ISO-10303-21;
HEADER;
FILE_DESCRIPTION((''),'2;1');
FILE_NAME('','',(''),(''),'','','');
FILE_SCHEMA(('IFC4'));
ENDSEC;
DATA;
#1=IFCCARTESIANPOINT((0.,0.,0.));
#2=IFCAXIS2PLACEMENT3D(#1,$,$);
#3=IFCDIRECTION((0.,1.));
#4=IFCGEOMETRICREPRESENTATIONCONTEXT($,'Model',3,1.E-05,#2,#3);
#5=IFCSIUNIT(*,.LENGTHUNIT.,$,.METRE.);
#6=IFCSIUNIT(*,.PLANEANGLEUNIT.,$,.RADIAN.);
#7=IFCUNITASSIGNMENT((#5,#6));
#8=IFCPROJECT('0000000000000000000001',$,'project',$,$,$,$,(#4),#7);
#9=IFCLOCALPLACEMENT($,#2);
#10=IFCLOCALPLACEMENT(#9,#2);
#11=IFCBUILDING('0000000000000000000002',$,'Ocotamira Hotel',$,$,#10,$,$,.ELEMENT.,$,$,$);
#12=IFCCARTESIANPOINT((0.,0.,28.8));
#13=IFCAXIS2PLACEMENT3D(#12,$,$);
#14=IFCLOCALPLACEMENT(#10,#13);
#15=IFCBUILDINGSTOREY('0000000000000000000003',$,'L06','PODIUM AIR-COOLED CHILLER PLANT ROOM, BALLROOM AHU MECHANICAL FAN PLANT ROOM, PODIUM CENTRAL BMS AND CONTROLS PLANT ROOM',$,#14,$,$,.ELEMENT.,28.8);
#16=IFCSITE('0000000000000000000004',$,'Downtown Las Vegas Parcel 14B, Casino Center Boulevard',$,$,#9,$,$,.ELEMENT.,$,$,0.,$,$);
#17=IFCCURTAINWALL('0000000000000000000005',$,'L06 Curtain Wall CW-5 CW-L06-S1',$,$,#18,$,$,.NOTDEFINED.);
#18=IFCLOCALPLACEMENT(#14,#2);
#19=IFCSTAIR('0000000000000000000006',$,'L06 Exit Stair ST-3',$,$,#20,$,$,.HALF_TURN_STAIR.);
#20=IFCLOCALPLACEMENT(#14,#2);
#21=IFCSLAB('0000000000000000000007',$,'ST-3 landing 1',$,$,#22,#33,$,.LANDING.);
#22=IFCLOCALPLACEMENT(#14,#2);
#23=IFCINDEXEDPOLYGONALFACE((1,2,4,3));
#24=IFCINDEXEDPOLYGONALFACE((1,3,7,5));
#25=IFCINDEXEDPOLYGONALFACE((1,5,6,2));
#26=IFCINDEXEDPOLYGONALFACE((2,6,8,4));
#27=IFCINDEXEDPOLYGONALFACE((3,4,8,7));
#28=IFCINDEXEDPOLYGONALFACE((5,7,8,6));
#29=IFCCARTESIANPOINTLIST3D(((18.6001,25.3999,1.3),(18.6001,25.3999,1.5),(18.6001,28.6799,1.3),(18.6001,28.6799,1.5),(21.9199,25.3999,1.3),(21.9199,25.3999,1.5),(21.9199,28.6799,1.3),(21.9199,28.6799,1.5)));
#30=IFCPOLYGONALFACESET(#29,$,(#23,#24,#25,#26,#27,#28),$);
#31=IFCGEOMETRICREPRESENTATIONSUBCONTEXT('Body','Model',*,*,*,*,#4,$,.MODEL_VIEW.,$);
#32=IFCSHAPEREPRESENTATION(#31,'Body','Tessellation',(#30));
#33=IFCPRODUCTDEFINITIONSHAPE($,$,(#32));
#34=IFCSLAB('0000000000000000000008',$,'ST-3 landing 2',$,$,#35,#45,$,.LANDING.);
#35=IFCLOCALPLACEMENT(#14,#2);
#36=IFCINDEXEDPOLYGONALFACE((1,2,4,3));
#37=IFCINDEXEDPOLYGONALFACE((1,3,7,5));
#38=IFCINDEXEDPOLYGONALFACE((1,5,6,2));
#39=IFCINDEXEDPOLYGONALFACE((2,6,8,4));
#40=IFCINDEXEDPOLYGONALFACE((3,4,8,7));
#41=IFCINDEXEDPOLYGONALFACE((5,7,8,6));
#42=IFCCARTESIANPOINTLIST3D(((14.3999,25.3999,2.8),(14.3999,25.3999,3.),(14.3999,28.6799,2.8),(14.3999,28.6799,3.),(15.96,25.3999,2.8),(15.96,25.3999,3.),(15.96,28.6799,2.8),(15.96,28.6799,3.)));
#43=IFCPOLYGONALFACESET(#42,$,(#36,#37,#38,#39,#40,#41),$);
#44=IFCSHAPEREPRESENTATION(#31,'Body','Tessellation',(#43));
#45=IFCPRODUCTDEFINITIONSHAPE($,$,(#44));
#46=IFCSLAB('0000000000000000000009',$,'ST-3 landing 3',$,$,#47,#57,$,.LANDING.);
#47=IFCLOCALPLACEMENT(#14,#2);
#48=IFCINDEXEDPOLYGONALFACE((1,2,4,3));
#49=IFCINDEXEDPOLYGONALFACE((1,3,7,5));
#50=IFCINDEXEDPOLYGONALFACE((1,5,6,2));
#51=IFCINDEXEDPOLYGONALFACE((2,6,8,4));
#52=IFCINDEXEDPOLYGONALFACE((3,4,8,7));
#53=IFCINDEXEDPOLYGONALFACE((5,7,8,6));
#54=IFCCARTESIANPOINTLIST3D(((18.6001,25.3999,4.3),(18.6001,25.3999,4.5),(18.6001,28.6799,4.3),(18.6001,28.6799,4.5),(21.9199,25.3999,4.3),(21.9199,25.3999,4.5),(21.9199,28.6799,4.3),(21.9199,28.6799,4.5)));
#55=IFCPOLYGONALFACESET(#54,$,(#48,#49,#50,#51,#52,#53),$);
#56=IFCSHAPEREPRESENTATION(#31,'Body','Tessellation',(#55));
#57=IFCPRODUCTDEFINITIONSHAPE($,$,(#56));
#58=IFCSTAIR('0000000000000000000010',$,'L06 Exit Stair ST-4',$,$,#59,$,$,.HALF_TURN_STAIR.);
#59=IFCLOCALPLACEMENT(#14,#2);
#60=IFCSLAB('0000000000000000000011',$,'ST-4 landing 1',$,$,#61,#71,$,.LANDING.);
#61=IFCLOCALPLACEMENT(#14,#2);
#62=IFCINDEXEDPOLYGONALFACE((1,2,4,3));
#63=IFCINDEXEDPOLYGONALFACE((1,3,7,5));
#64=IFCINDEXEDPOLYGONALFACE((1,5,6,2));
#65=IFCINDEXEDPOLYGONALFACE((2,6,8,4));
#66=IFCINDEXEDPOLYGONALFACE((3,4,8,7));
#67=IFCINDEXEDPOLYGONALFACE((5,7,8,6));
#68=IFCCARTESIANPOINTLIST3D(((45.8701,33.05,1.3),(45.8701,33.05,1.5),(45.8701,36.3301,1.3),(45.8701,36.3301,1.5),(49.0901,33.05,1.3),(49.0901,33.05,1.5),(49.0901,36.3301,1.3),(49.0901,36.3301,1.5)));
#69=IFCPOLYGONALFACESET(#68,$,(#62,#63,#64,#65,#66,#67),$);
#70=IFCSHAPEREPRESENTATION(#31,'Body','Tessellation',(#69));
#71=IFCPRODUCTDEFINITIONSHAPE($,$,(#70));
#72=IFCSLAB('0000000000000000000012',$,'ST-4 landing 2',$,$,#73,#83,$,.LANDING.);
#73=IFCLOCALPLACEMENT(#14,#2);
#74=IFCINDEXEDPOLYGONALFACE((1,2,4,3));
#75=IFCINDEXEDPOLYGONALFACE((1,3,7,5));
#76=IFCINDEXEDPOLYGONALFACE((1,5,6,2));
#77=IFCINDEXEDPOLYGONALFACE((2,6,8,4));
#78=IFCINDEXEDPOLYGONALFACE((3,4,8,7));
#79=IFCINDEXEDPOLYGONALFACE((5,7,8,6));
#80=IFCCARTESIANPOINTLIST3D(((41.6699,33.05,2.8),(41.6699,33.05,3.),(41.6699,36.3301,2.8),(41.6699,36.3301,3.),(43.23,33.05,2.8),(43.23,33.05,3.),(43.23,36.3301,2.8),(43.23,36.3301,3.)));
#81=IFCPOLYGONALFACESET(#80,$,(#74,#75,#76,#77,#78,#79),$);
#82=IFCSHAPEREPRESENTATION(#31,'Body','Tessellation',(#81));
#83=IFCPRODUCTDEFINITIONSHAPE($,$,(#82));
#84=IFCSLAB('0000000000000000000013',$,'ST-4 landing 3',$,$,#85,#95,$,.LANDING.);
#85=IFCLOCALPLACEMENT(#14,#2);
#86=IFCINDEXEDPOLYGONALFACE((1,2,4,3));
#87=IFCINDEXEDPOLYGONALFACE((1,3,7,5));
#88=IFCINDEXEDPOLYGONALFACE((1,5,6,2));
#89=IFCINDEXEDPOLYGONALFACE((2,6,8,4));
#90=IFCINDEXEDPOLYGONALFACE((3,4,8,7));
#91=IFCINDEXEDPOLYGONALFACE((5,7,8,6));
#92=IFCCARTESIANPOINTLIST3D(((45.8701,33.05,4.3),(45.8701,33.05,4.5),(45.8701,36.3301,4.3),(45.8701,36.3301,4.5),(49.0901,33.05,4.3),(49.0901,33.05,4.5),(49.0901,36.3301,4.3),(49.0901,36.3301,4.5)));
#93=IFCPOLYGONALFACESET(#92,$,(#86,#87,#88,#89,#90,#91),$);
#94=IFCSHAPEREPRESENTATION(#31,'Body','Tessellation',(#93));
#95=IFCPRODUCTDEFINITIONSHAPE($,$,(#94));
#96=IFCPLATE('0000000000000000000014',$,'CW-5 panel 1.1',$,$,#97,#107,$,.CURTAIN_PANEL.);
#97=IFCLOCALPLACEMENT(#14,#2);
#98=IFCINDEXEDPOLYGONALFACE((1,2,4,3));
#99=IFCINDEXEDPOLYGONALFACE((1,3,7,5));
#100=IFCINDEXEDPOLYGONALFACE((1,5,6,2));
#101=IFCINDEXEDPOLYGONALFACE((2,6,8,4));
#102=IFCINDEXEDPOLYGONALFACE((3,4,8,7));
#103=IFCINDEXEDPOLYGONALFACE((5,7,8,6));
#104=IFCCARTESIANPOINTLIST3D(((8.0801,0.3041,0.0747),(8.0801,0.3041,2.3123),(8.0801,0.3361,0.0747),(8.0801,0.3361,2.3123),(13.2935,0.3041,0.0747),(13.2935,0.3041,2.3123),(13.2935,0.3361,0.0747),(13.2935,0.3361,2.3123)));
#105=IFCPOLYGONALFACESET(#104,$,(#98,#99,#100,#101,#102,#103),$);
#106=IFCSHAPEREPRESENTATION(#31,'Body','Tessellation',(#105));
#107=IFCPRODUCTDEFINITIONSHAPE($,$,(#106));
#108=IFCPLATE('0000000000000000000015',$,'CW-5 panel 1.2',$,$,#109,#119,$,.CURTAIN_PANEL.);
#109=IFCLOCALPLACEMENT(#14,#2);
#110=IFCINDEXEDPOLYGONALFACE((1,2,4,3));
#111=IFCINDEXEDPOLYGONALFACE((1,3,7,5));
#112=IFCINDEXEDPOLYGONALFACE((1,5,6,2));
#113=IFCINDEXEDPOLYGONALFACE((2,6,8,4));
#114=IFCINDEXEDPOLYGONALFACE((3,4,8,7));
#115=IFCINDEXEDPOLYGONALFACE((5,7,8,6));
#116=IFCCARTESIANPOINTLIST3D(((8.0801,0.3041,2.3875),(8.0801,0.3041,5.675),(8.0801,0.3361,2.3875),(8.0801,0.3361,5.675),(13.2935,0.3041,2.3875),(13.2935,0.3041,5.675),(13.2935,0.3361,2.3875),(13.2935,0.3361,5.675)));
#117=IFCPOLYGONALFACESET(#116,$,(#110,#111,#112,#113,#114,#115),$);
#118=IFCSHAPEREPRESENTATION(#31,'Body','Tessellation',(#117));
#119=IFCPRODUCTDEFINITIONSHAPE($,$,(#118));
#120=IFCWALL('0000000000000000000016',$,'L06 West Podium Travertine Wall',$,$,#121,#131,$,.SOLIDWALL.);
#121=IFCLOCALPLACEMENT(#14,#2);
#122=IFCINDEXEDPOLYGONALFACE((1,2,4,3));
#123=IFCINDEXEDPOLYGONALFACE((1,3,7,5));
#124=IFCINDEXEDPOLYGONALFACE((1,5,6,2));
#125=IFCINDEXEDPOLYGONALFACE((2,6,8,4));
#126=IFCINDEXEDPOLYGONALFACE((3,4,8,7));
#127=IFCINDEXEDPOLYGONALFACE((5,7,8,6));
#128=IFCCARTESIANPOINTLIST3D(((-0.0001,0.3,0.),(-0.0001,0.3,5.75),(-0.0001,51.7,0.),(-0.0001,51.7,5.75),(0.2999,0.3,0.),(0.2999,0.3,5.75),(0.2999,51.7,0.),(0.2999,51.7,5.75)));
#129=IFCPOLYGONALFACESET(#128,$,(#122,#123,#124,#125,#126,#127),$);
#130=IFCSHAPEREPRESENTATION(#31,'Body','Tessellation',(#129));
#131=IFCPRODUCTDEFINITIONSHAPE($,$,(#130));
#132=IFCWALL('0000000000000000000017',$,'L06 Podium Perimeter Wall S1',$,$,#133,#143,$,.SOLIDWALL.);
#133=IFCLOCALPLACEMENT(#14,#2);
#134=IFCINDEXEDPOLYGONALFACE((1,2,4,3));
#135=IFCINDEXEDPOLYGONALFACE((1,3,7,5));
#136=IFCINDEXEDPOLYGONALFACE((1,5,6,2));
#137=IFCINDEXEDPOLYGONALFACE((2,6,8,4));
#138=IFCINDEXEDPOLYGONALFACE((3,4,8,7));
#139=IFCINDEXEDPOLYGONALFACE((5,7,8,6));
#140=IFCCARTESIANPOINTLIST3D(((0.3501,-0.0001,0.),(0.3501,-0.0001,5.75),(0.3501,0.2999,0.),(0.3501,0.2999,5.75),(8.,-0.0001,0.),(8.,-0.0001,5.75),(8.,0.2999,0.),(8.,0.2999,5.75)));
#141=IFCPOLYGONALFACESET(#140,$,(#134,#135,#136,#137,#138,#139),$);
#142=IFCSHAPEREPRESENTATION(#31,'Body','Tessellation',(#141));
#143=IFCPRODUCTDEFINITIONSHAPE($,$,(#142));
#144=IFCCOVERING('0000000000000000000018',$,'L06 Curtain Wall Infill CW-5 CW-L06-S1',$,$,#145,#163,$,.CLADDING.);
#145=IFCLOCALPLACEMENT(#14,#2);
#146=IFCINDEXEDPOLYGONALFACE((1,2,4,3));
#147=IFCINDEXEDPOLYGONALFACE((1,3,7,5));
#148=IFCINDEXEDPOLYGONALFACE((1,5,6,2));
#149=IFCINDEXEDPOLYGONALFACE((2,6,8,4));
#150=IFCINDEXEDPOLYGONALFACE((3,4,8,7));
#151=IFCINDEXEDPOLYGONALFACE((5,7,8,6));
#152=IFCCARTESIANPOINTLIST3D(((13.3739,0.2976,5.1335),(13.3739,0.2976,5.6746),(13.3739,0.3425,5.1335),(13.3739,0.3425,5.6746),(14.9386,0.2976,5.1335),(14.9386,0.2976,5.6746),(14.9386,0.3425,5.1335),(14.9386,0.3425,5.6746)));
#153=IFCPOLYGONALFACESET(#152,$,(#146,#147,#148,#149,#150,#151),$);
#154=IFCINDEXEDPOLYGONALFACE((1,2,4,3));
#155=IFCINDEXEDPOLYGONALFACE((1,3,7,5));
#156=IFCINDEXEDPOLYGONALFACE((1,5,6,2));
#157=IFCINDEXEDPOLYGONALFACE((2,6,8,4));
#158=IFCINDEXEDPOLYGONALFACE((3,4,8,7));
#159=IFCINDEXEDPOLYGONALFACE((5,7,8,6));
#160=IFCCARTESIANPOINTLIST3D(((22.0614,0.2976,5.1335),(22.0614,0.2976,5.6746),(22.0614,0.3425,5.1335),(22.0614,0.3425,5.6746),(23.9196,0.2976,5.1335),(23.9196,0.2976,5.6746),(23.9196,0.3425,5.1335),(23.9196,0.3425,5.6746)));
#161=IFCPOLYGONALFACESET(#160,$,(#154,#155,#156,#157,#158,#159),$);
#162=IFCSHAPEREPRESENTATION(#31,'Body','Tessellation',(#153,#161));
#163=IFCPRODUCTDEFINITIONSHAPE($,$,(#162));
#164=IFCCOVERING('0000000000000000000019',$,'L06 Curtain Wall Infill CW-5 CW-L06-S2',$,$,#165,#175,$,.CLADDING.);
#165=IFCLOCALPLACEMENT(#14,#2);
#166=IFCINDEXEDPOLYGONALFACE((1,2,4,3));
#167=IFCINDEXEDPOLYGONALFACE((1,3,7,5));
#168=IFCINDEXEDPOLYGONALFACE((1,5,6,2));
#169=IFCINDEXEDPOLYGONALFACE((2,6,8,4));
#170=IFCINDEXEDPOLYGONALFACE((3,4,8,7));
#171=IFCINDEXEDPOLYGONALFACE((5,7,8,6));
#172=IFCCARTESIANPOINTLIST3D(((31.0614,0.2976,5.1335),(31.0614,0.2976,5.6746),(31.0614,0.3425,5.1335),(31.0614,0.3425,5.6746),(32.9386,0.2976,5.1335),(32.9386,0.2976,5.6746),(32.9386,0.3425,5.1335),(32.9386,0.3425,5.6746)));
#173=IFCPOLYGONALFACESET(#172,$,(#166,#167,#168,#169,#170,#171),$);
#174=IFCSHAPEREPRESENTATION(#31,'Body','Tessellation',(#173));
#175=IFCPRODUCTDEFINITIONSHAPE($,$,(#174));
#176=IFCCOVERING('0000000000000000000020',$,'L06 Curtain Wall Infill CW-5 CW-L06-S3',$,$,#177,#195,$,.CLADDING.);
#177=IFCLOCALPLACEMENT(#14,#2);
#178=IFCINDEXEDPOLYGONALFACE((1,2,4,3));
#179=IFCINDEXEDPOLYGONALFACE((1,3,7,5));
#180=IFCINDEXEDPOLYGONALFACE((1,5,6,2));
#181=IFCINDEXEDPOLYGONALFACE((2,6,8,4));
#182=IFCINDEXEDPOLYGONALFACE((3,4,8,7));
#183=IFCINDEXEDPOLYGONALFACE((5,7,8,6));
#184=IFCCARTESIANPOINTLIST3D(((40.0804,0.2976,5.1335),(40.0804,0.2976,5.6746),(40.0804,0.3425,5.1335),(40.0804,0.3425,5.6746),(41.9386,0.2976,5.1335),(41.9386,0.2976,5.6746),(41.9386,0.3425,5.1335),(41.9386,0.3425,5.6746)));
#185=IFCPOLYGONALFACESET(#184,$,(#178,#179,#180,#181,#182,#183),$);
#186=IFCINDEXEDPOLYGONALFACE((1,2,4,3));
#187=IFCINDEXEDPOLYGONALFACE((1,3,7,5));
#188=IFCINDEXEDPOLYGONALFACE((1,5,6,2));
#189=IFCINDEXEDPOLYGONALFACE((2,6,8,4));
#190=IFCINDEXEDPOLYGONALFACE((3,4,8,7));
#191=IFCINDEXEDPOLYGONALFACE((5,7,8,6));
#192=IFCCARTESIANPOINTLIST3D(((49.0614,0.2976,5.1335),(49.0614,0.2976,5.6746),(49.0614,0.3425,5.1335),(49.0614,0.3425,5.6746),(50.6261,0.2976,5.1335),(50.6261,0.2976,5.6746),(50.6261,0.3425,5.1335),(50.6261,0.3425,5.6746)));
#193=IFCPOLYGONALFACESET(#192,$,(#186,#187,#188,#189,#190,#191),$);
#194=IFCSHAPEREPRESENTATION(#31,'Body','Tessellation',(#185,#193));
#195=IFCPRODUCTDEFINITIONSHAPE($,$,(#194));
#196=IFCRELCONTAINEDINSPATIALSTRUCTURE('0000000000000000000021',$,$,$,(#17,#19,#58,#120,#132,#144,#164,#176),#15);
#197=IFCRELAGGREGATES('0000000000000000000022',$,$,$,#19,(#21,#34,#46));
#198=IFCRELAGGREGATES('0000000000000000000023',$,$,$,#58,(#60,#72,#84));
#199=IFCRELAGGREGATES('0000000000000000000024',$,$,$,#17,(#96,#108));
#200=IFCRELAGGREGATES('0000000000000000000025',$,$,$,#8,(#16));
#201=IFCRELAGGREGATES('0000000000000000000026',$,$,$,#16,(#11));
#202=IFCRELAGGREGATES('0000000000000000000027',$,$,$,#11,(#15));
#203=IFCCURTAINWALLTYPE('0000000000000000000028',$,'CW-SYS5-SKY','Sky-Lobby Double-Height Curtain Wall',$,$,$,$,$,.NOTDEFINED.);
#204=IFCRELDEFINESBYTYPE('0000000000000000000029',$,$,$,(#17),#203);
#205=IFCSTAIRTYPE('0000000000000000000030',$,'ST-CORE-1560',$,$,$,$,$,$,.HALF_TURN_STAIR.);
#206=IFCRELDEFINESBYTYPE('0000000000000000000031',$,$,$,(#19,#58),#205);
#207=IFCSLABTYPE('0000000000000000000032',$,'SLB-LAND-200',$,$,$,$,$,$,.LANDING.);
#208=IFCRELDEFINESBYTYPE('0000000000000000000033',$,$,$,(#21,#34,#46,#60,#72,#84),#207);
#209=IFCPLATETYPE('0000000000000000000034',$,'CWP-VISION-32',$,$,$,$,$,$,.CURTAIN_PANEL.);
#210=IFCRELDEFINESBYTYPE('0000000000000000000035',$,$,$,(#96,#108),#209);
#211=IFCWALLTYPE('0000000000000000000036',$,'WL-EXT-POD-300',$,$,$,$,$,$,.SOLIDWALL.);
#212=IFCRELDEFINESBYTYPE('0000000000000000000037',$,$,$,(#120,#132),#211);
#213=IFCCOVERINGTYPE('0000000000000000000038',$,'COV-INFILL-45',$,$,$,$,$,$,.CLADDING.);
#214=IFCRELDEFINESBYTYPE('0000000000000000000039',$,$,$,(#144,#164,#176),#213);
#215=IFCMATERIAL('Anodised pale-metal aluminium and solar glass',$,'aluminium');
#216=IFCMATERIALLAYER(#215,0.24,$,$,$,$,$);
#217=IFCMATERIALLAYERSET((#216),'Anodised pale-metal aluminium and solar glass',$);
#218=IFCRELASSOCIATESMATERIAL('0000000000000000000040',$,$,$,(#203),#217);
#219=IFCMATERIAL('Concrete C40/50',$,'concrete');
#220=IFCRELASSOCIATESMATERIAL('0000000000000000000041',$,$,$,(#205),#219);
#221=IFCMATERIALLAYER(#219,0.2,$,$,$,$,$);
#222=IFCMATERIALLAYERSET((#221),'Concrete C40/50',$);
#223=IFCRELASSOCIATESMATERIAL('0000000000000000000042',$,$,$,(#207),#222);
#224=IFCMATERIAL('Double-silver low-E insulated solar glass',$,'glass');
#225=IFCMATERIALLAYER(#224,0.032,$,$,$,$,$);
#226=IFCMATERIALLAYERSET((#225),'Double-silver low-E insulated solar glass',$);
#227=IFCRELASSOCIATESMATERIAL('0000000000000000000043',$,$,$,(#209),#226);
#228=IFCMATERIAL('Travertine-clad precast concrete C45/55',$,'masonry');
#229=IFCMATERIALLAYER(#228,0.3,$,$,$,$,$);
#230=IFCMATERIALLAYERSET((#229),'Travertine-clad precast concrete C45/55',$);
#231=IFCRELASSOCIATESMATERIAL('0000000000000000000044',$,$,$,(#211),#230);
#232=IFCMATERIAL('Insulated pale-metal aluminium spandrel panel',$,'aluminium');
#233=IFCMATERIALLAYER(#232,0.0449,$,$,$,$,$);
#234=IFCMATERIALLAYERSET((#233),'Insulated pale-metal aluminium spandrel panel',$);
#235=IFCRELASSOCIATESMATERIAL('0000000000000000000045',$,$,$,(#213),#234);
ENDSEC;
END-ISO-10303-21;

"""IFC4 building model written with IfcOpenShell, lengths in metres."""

from ifc_helpers import new_model, si_unit, direction, frame, frame_2d, origin, origin_2d, place, context, subcontext, project, spatial, polyline, rectangle, outline, extrude, source, transform, mapped, material, layer, layer_set, type_object, element, aggregate, save


model = new_model("IFC4")

# Units and contexts
model_context = context("Model", 3, precision=1e-05, world=origin(), true_north=direction((0.0, 1.0)))
body_context = subcontext(model_context, "Body", "Model", "MODEL_VIEW")
ifc_project = project(units=[si_unit("LENGTHUNIT", "METRE"), si_unit("PLANEANGLEUNIT", "RADIAN")], contexts=[model_context])

# Site, building, storey
site_placement = place(None, origin())
site = spatial("IfcSite", under=ifc_project, at=site_placement, Name="Downtown Las Vegas Parcel 14B, Casino Center Boulevard", CompositionType="ELEMENT", RefElevation=0.0)
building_placement = place(site_placement, origin())
building = spatial("IfcBuilding", under=site, at=building_placement, Name="Ocotamira Hotel", CompositionType="ELEMENT")
storey_placement = place(building_placement, frame((0.0, 0.0, 28.8)))
storey = spatial("IfcBuildingStorey", under=building, at=storey_placement, Name="L06", Description="PODIUM AIR-COOLED CHILLER PLANT ROOM, BALLROOM AHU MECHANICAL FAN PLANT ROOM, PODIUM CENTRAL BMS AND CONTROLS PLANT ROOM", CompositionType="ELEMENT", Elevation=28.8)

# Curtain wall
ifc_material_1 = material(Name="Anodised pale-metal aluminium and solar glass", Category="aluminium")
ifc_layer_1 = layer(ifc_material_1, 0.24)
ifc_layer_set_1 = layer_set([ifc_layer_1], Name="Anodised pale-metal aluminium and solar glass")
curtain_wall_type = type_object("IfcCurtainWallType", Name="CW-SYS5-SKY", Description="Sky-Lobby Double-Height Curtain Wall", PredefinedType="NOTDEFINED", material=ifc_layer_set_1)
curtain_wall_placement = place(storey_placement, origin())
curtain_wall = element("IfcCurtainWall", 1, at=curtain_wall_placement, inside=storey, type_object=curtain_wall_type, Name="L06 Curtain Wall CW-5 CW-L06-S1", PredefinedType="NOTDEFINED")

# Shared definitions
ifc_material_2 = material(Name="Concrete C40/50", Category="concrete")

# Stairs, slabs
stair_type = type_object("IfcStairType", Name="ST-CORE-1560", PredefinedType="HALF_TURN_STAIR", material=ifc_material_2)
ifc_layer_2 = layer(ifc_material_2, 0.2)
ifc_layer_set_2 = layer_set([ifc_layer_2], Name="Concrete C40/50")
slab_type_1 = type_object("IfcSlabType", Name="SLB-LAND-200", PredefinedType="LANDING", material=ifc_layer_set_2)
stair_1_placement = place(storey_placement, origin())
stair_1 = element("IfcStair", 2, at=stair_1_placement, inside=storey, type_object=stair_type, Name="L06 Exit Stair ST-3", PredefinedType="HALF_TURN_STAIR")
slab_1_placement = place(storey_placement, frame((0.0, 0.0, 1.3)))
slab_1 = element("IfcSlab", 3, at=slab_1_placement, type_object=slab_type_1, Name="ST-3 landing 1", PredefinedType="LANDING", context=body_context, shape_type="SweptSolid", body=[
    extrude(outline(polyline([(18.6001, 25.3999), (21.9199, 25.3999), (21.9199, 28.6799), (18.6001, 28.6799), (18.6001, 25.3999)])), origin(), (0.0, 0.0, 1.0), 0.2),
])
slab_2_placement = place(storey_placement, frame((0.0, 0.0, 2.8)))
slab_2 = element("IfcSlab", 4, at=slab_2_placement, type_object=slab_type_1, Name="ST-3 landing 2", PredefinedType="LANDING", context=body_context, shape_type="SweptSolid", body=[
    extrude(outline(polyline([(14.3999, 25.3999), (15.96, 25.3999), (15.96, 28.6799), (14.3999, 28.6799), (14.3999, 25.3999)])), origin(), (0.0, 0.0, 1.0), 0.2),
])
slab_3_placement = place(storey_placement, frame((0.0, 0.0, 4.3)))
slab_3 = element("IfcSlab", 5, at=slab_3_placement, type_object=slab_type_1, Name="ST-3 landing 3", PredefinedType="LANDING", context=body_context, shape_type="SweptSolid", body=[
    extrude(outline(polyline([(18.6001, 25.3999), (21.9199, 25.3999), (21.9199, 28.6799), (18.6001, 28.6799), (18.6001, 25.3999)])), origin(), (0.0, 0.0, 1.0), 0.2),
])
aggregate(stair_1, [slab_1, slab_2, slab_3])
stair_2_placement = place(storey_placement, origin())
stair_2 = element("IfcStair", 6, at=stair_2_placement, inside=storey, type_object=stair_type, Name="L06 Exit Stair ST-4", PredefinedType="HALF_TURN_STAIR")
slab_4_placement = place(storey_placement, frame((0.0, 0.0, 1.3)))
slab_4 = element("IfcSlab", 7, at=slab_4_placement, type_object=slab_type_1, Name="ST-4 landing 1", PredefinedType="LANDING", context=body_context, shape_type="SweptSolid", body=[
    extrude(outline(polyline([(45.8701, 33.05), (49.0901, 33.05), (49.0901, 36.3301), (45.8701, 36.3301), (45.8701, 33.05)])), origin(), (0.0, 0.0, 1.0), 0.2),
])
slab_5_placement = place(storey_placement, frame((0.0, 0.0, 2.8)))
slab_5 = element("IfcSlab", 8, at=slab_5_placement, type_object=slab_type_1, Name="ST-4 landing 2", PredefinedType="LANDING", context=body_context, shape_type="SweptSolid", body=[
    extrude(outline(polyline([(41.6699, 33.05), (43.23, 33.05), (43.23, 36.3301), (41.6699, 36.3301), (41.6699, 33.05)])), origin(), (0.0, 0.0, 1.0), 0.2),
])
slab_6_placement = place(storey_placement, frame((0.0, 0.0, 4.3)))
slab_6 = element("IfcSlab", 9, at=slab_6_placement, type_object=slab_type_1, Name="ST-4 landing 3", PredefinedType="LANDING", context=body_context, shape_type="SweptSolid", body=[
    extrude(outline(polyline([(45.8701, 33.05), (49.0901, 33.05), (49.0901, 36.3301), (45.8701, 36.3301), (45.8701, 33.05)])), origin(), (0.0, 0.0, 1.0), 0.2),
])
aggregate(stair_2, [slab_4, slab_5, slab_6])

# Plates
ifc_material_3 = material(Name="Double-silver low-E insulated solar glass", Category="glass")
ifc_layer_3 = layer(ifc_material_3, 0.032)
ifc_layer_set_3 = layer_set([ifc_layer_3], Name="Double-silver low-E insulated solar glass")
plate_type = type_object("IfcPlateType", Name="CWP-VISION-32", PredefinedType="CURTAIN_PANEL", material=ifc_layer_set_3)
shared_shape_1 = source(origin(), body_context, "Body", "SweptSolid", [
    extrude(rectangle(XDim=5.2134, YDim=0.032, at=origin_2d()), origin(), (0.0, 0.0, 1.0), 2.2375),
])
plate_1_placement = place(storey_placement, frame((10.6868, 0.3201, 0.0747), z_axis=(0.0, 0.0, 1.0), x_axis=(1.0, 0.0, 0.0)))
plate_1 = element("IfcPlate", 10, at=plate_1_placement, type_object=plate_type, Name="CW-5 panel 1.1", PredefinedType="CURTAIN_PANEL", context=body_context, shape_type="MappedRepresentation", body=[
    mapped(shared_shape_1, transform((0.0, 0.0, 0.0), scale=1.0)),
])
shared_shape_2 = source(origin(), body_context, "Body", "SweptSolid", [
    extrude(rectangle(XDim=5.2134, YDim=0.032, at=origin_2d()), origin(), (0.0, 0.0, 1.0), 3.2876),
])
plate_2_placement = place(storey_placement, frame((10.6868, 0.3201, 2.3875), z_axis=(0.0, 0.0, 1.0), x_axis=(1.0, 0.0, 0.0)))
plate_2 = element("IfcPlate", 11, at=plate_2_placement, type_object=plate_type, Name="CW-5 panel 1.2", PredefinedType="CURTAIN_PANEL", context=body_context, shape_type="MappedRepresentation", body=[
    mapped(shared_shape_2, transform((0.0, 0.0, 0.0), scale=1.0)),
])
aggregate(curtain_wall, [plate_1, plate_2])

# Walls
ifc_material_4 = material(Name="Travertine-clad precast concrete C45/55", Category="masonry")
ifc_layer_4 = layer(ifc_material_4, 0.3)
ifc_layer_set_4 = layer_set([ifc_layer_4], Name="Travertine-clad precast concrete C45/55")
wall_type = type_object("IfcWallType", Name="WL-EXT-POD-300", PredefinedType="SOLIDWALL", material=ifc_layer_set_4)
wall_1_placement = place(storey_placement, frame((0.1499, 0.3, 0.0), z_axis=(0.0, 0.0, 1.0), x_axis=(0.0, 1.0, 0.0)))
element("IfcWall", 12, at=wall_1_placement, inside=storey, type_object=wall_type, Name="L06 West Podium Travertine Wall", PredefinedType="SOLIDWALL", context=body_context, shape_type="SweptSolid", body=[
    extrude(rectangle(XDim=51.3999, YDim=0.3, at=frame_2d((25.7, 0.0))), origin(), (0.0, 0.0, 1.0), 5.75),
])
wall_2_placement = place(storey_placement, frame((0.3501, 0.1499, 0.0), z_axis=(0.0, 0.0, 1.0), x_axis=(1.0, 0.0, 0.0)))
element("IfcWall", 13, at=wall_2_placement, inside=storey, type_object=wall_type, Name="L06 Podium Perimeter Wall S1", PredefinedType="SOLIDWALL", context=body_context, shape_type="SweptSolid", body=[
    extrude(rectangle(XDim=7.6499, YDim=0.3, at=frame_2d((3.825, 0.0))), origin(), (0.0, 0.0, 1.0), 5.75),
])

# Coverings
ifc_material_5 = material(Name="Insulated pale-metal aluminium spandrel panel", Category="aluminium")
ifc_layer_5 = layer(ifc_material_5, 0.0449)
ifc_layer_set_5 = layer_set([ifc_layer_5], Name="Insulated pale-metal aluminium spandrel panel")
covering_type = type_object("IfcCoveringType", Name="COV-INFILL-45", PredefinedType="CLADDING", material=ifc_layer_set_5)
covering_1_placement = place(storey_placement, origin())
element("IfcCovering", 14, at=covering_1_placement, inside=storey, type_object=covering_type, Name="L06 Curtain Wall Infill CW-5 CW-L06-S1", PredefinedType="CLADDING", context=body_context, shape_type="SweptSolid", body=[
    extrude(rectangle(XDim=1.5647, YDim=0.0449, at=origin_2d()), frame((14.1562, 0.3201, 5.1335), z_axis=(0.0, 0.0, 1.0), x_axis=(1.0, 0.0, 0.0)), (0.0, 0.0, 1.0), 0.541),
    extrude(rectangle(XDim=1.8582, YDim=0.0449, at=origin_2d()), frame((22.9905, 0.3201, 5.1335), z_axis=(0.0, 0.0, 1.0), x_axis=(1.0, 0.0, 0.0)), (0.0, 0.0, 1.0), 0.541),
])
covering_2_placement = place(storey_placement, origin())
element("IfcCovering", 15, at=covering_2_placement, inside=storey, type_object=covering_type, Name="L06 Curtain Wall Infill CW-5 CW-L06-S2", PredefinedType="CLADDING", context=body_context, shape_type="SweptSolid", body=[
    extrude(rectangle(XDim=1.8772, YDim=0.0449, at=origin_2d()), frame((32.0, 0.3201, 5.1335), z_axis=(0.0, 0.0, 1.0), x_axis=(1.0, 0.0, 0.0)), (0.0, 0.0, 1.0), 0.541),
])
covering_3_placement = place(storey_placement, origin())
element("IfcCovering", 16, at=covering_3_placement, inside=storey, type_object=covering_type, Name="L06 Curtain Wall Infill CW-5 CW-L06-S3", PredefinedType="CLADDING", context=body_context, shape_type="SweptSolid", body=[
    extrude(rectangle(XDim=1.8582, YDim=0.0449, at=origin_2d()), frame((41.0095, 0.3201, 5.1335), z_axis=(0.0, 0.0, 1.0), x_axis=(1.0, 0.0, 0.0)), (0.0, 0.0, 1.0), 0.541),
    extrude(rectangle(XDim=1.5647, YDim=0.0449, at=origin_2d()), frame((49.8438, 0.3201, 5.1335), z_axis=(0.0, 0.0, 1.0), x_axis=(1.0, 0.0, 0.0)), (0.0, 0.0, 1.0), 0.541),
])

save(model, "model.ifc")
